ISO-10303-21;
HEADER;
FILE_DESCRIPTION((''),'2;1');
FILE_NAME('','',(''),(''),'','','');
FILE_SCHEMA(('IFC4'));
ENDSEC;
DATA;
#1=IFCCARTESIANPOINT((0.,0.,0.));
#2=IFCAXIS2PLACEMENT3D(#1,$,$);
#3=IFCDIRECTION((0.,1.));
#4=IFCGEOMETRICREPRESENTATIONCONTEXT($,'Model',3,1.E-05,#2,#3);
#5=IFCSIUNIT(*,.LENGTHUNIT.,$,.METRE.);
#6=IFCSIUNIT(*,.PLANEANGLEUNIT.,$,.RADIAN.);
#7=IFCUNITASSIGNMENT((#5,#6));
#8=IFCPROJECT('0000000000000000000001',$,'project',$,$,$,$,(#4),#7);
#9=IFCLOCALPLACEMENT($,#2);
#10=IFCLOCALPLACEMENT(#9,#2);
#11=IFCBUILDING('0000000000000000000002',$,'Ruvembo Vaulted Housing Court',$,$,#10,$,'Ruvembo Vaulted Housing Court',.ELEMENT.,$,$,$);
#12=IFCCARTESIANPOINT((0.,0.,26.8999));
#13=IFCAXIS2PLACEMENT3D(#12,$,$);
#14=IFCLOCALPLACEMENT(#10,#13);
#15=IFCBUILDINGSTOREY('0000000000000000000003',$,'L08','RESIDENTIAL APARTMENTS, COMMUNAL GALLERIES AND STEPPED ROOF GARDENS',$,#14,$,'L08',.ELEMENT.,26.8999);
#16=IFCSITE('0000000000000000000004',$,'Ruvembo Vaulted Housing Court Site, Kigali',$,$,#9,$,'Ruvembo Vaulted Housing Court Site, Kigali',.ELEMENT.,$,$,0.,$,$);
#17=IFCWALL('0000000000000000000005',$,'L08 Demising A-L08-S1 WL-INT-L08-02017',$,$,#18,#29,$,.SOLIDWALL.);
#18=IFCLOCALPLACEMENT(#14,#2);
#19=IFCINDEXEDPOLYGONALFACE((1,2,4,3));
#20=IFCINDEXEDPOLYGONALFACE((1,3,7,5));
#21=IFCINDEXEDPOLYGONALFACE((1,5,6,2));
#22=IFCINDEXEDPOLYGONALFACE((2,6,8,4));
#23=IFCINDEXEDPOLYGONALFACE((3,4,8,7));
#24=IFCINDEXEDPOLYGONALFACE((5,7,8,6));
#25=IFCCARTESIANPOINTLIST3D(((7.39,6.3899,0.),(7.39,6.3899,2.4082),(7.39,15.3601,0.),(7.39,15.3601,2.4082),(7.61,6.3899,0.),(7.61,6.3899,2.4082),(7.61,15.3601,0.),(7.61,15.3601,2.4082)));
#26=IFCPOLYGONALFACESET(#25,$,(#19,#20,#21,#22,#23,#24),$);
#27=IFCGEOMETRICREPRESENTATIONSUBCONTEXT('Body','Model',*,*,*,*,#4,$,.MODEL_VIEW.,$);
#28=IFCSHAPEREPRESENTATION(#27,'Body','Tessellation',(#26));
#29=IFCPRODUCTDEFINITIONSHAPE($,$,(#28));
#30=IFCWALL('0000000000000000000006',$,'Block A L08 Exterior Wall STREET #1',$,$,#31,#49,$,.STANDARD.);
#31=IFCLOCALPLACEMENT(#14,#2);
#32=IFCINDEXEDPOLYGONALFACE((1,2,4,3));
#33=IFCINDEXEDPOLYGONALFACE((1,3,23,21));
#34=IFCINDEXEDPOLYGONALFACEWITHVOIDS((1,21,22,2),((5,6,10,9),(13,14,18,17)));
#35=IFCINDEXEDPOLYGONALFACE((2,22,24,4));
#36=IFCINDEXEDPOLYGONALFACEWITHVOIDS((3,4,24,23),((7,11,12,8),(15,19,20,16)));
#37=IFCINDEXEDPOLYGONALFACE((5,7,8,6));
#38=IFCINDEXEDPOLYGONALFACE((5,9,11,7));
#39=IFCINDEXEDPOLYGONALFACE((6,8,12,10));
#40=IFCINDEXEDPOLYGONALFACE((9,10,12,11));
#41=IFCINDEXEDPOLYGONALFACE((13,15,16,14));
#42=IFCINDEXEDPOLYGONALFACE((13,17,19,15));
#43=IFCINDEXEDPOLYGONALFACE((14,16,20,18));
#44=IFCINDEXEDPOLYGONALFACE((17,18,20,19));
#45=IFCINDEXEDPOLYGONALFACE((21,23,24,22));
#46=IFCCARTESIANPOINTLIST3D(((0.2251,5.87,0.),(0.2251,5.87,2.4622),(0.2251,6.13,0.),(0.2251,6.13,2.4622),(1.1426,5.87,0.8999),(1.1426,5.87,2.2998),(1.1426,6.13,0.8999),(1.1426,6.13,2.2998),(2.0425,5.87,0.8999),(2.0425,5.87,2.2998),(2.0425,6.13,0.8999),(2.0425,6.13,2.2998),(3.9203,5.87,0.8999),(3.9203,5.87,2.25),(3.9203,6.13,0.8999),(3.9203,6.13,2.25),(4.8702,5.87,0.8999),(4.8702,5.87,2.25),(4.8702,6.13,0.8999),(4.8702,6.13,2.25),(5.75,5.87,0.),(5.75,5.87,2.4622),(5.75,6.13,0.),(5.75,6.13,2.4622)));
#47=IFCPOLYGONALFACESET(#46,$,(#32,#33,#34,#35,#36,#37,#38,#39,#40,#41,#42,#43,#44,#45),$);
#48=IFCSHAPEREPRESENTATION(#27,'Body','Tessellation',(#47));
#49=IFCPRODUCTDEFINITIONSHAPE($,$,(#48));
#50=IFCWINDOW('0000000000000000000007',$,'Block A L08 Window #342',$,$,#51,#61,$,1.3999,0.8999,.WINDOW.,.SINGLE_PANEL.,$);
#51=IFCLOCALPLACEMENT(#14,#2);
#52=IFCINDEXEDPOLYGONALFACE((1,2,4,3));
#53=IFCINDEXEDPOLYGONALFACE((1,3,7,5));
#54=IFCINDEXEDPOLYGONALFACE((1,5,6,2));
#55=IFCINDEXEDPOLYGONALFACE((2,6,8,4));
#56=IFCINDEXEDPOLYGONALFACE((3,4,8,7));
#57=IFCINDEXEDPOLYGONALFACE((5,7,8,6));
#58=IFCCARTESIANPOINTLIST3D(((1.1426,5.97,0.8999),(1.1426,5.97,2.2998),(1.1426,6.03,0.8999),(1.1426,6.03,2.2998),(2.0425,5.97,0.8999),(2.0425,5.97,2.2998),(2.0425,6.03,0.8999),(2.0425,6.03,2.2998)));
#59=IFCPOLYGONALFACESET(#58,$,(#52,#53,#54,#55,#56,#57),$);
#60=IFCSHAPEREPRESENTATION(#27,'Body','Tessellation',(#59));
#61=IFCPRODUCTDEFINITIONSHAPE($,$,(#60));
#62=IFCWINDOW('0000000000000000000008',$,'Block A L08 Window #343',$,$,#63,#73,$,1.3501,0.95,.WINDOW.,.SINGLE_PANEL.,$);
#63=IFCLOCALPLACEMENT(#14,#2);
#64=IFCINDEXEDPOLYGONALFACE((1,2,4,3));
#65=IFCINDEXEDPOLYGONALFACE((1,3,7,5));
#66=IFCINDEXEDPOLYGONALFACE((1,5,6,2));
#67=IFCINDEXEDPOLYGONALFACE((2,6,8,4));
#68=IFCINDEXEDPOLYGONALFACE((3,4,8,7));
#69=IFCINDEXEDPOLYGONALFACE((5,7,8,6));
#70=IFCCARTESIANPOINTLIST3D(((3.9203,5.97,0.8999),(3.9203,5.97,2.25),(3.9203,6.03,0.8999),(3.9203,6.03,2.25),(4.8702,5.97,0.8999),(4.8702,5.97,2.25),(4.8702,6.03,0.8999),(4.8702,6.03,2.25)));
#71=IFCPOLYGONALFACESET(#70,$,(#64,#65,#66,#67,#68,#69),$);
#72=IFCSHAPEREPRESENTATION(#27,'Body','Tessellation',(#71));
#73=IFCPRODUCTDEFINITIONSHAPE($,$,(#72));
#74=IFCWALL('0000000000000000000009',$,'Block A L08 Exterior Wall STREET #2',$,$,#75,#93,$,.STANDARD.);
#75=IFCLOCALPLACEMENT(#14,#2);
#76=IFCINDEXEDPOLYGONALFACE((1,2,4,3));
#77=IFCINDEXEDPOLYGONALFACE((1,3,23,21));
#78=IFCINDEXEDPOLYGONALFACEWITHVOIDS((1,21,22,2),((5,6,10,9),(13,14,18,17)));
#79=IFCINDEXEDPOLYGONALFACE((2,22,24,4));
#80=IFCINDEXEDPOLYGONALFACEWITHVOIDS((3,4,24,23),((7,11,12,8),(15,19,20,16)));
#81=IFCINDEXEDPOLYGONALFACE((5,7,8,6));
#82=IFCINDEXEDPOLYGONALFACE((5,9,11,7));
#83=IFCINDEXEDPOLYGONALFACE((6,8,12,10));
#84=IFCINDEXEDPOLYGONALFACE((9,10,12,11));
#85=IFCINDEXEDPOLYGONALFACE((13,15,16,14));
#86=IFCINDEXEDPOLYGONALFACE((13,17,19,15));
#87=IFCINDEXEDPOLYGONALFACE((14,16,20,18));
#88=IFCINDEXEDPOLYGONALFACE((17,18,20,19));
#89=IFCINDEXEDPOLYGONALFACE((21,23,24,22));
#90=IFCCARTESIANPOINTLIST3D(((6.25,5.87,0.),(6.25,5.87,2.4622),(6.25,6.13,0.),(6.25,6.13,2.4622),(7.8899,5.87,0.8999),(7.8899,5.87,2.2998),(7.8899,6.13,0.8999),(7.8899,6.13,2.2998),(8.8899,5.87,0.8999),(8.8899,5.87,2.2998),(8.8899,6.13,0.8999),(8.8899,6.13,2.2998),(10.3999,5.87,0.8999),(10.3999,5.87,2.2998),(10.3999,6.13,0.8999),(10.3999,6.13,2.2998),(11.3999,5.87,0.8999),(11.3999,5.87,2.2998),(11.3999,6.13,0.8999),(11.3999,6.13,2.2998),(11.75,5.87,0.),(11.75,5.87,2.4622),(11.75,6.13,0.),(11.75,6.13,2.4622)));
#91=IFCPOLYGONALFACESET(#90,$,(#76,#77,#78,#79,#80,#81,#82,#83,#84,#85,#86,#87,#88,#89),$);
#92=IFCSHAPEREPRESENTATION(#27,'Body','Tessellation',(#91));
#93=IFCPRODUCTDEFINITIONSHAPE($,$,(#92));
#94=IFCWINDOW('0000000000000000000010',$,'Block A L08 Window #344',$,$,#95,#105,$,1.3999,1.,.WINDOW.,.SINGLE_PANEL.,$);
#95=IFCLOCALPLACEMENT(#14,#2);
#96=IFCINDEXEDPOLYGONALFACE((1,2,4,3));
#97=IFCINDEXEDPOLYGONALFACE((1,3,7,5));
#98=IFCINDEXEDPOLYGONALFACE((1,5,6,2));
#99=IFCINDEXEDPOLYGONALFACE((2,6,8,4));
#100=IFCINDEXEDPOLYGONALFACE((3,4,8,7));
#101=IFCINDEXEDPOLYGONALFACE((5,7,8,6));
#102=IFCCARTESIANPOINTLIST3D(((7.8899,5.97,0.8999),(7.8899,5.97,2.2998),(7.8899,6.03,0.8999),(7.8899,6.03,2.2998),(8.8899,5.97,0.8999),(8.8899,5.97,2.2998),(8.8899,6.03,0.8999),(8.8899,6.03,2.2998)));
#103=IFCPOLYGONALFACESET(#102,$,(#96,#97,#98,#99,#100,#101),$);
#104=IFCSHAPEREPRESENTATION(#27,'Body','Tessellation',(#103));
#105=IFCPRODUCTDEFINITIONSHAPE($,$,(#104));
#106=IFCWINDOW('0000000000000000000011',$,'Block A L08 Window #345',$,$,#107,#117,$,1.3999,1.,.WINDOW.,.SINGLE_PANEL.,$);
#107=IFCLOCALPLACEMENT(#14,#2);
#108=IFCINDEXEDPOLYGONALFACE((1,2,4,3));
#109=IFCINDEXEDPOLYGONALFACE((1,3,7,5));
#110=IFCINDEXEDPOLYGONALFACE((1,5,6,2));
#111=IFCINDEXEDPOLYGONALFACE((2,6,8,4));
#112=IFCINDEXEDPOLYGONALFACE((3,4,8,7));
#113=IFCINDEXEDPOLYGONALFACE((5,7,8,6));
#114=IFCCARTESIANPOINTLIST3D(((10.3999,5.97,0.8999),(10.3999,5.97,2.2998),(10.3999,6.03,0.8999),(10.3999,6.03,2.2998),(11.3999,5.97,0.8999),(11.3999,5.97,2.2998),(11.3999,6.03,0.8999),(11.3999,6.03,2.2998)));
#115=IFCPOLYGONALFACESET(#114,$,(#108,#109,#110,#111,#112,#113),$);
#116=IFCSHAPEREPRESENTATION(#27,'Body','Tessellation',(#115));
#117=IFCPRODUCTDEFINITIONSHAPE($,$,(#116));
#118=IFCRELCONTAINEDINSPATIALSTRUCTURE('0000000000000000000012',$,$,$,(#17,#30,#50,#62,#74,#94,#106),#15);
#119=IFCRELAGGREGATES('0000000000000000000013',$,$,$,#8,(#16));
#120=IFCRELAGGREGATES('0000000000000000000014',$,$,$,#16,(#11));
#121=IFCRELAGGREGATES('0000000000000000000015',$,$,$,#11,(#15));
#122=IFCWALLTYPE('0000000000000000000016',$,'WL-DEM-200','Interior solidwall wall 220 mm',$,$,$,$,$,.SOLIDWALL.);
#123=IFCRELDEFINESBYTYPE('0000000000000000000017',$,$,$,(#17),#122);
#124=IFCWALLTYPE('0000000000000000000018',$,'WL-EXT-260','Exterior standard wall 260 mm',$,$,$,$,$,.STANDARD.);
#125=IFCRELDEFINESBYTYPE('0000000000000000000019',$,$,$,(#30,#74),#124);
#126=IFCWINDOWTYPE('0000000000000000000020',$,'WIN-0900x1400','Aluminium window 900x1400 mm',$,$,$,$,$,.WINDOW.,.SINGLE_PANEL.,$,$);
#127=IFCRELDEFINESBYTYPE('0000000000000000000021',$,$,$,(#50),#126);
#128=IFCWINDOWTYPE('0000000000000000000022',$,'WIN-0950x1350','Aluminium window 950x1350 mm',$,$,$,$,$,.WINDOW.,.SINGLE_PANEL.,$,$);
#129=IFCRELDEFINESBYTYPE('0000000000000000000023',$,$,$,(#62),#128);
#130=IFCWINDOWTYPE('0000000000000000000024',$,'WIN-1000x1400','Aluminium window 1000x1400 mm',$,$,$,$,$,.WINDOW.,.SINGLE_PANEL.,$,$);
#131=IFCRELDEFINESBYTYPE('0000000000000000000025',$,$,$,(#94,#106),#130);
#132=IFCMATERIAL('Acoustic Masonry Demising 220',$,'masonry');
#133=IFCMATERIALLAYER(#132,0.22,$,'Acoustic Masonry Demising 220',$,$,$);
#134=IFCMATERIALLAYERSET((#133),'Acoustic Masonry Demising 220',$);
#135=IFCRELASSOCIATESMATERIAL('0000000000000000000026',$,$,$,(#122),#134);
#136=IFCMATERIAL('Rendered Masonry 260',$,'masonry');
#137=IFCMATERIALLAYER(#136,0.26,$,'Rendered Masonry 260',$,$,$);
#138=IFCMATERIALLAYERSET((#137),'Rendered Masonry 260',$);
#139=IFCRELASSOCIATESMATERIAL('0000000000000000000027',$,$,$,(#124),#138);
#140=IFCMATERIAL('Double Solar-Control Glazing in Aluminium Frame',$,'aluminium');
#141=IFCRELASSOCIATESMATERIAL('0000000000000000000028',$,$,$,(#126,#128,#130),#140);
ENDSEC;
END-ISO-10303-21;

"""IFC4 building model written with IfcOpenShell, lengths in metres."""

from ifc_helpers import new_model, si_unit, direction, frame, frame_2d, origin, place, context, subcontext, project, spatial, rectangle, extrude, material, layer, layer_set, type_object, element, fill, save


model = new_model("IFC4")

# Units and contexts
model_context = context("Model", 3, precision=1e-05, world=origin(), true_north=direction((0.0, 1.0)))
body_context = subcontext(model_context, "Body", "Model", "MODEL_VIEW")
ifc_project = project(units=[si_unit("LENGTHUNIT", "METRE"), si_unit("PLANEANGLEUNIT", "RADIAN")], contexts=[model_context])

# Site, building, storey
site_placement = place(None, origin())
site = spatial("IfcSite", under=ifc_project, at=site_placement, Name="Ruvembo Vaulted Housing Court Site, Kigali", LongName="Ruvembo Vaulted Housing Court Site, Kigali", CompositionType="ELEMENT", RefElevation=0.0)
building_placement = place(site_placement, origin())
building = spatial("IfcBuilding", under=site, at=building_placement, Name="Ruvembo Vaulted Housing Court", LongName="Ruvembo Vaulted Housing Court", CompositionType="ELEMENT")
storey_placement = place(building_placement, frame((0.0, 0.0, 26.8999)))
storey = spatial("IfcBuildingStorey", under=building, at=storey_placement, Name="L08", Description="RESIDENTIAL APARTMENTS, COMMUNAL GALLERIES AND STEPPED ROOF GARDENS", LongName="L08", CompositionType="ELEMENT", Elevation=26.8999)

# Wall
ifc_material_1 = material(Name="Acoustic Masonry Demising 220", Category="masonry")
ifc_layer_1 = layer(ifc_material_1, 0.22, Name="Acoustic Masonry Demising 220")
ifc_layer_set_1 = layer_set([ifc_layer_1], Name="Acoustic Masonry Demising 220")
wall_type_1 = type_object("IfcWallType", Name="WL-DEM-200", Description="Interior solidwall wall 220 mm", PredefinedType="SOLIDWALL", material=ifc_layer_set_1)
wall_1_placement = place(storey_placement, frame((7.5, 6.3899, 0.0), z_axis=(0.0, 0.0, 1.0), x_axis=(0.0, 1.0, 0.0)))
element("IfcWall", 1, at=wall_1_placement, inside=storey, type_object=wall_type_1, Name="L08 Demising A-L08-S1 WL-INT-L08-02017", PredefinedType="SOLIDWALL", context=body_context, shape_type="SweptSolid", body=[
    extrude(rectangle(XDim=8.9702, YDim=0.22, at=frame_2d((4.4851, 0.0))), origin(), (0.0, 0.0, 1.0), 2.4082),
])

# Walls, openings, windows
ifc_material_2 = material(Name="Rendered Masonry 260", Category="masonry")
ifc_layer_2 = layer(ifc_material_2, 0.26, Name="Rendered Masonry 260")
ifc_layer_set_2 = layer_set([ifc_layer_2], Name="Rendered Masonry 260")
wall_type_2 = type_object("IfcWallType", Name="WL-EXT-260", Description="Exterior standard wall 260 mm", PredefinedType="STANDARD", material=ifc_layer_set_2)
wall_2_placement = place(storey_placement, frame((0.2251, 6.0, 0.0), z_axis=(0.0, 0.0, 1.0), x_axis=(1.0, 0.0, 0.0)))
wall_2 = element("IfcWall", 2, at=wall_2_placement, inside=storey, type_object=wall_type_2, Name="Block A L08 Exterior Wall STREET #1", PredefinedType="STANDARD", context=body_context, shape_type="SweptSolid", body=[
    extrude(rectangle(XDim=5.5249, YDim=0.26, at=frame_2d((2.7625, 0.0))), origin(), (0.0, 0.0, 1.0), 2.4622),
])
opening_1_placement = place(wall_2_placement, frame((0.9175, 0.0, 0.8999)))
opening_1 = element("IfcOpeningElement", 3, at=opening_1_placement, cuts=wall_2, PredefinedType="OPENING", context=body_context, shape_type="SweptSolid", body=[
    extrude(rectangle(XDim=0.8999, YDim=1.3999, at=frame_2d((0.45, 0.7))), frame((0.0, 0.1399, 0.0), z_axis=(0.0, -1.0, 0.0), x_axis=(1.0, 0.0, 0.0)), (0.0, 0.0, 1.0), 0.28),
])
opening_2_placement = place(wall_2_placement, frame((3.6951, 0.0, 0.8999)))
opening_2 = element("IfcOpeningElement", 4, at=opening_2_placement, cuts=wall_2, PredefinedType="OPENING", context=body_context, shape_type="SweptSolid", body=[
    extrude(rectangle(XDim=0.95, YDim=1.3501, at=frame_2d((0.4751, 0.675))), frame((0.0, 0.1399, 0.0), z_axis=(0.0, -1.0, 0.0), x_axis=(1.0, 0.0, 0.0)), (0.0, 0.0, 1.0), 0.28),
])
ifc_material_3 = material(Name="Double Solar-Control Glazing in Aluminium Frame", Category="aluminium")
window_type_1 = type_object("IfcWindowType", Name="WIN-0900x1400", Description="Aluminium window 900x1400 mm", PartitioningType="SINGLE_PANEL", PredefinedType="WINDOW", material=ifc_material_3)
window_1_placement = place(opening_1_placement, origin())
window_1 = element("IfcWindow", 5, at=window_1_placement, inside=storey, type_object=window_type_1, Name="Block A L08 Window #342", OverallHeight=1.3999, OverallWidth=0.8999, PartitioningType="SINGLE_PANEL", PredefinedType="WINDOW", context=body_context, shape_type="SweptSolid", body=[
    extrude(rectangle(XDim=0.8999, YDim=1.3999, at=frame_2d((0.45, 0.7))), frame((0.0, 0.03, 0.0), z_axis=(0.0, -1.0, 0.0), x_axis=(1.0, 0.0, 0.0)), (0.0, 0.0, 1.0), 0.0601),
])
fill(opening_1, window_1)
window_type_2 = type_object("IfcWindowType", Name="WIN-0950x1350", Description="Aluminium window 950x1350 mm", PartitioningType="SINGLE_PANEL", PredefinedType="WINDOW", material=ifc_material_3)
window_2_placement = place(opening_2_placement, origin())
window_2 = element("IfcWindow", 6, at=window_2_placement, inside=storey, type_object=window_type_2, Name="Block A L08 Window #343", OverallHeight=1.3501, OverallWidth=0.95, PartitioningType="SINGLE_PANEL", PredefinedType="WINDOW", context=body_context, shape_type="SweptSolid", body=[
    extrude(rectangle(XDim=0.95, YDim=1.3501, at=frame_2d((0.4751, 0.675))), frame((0.0, 0.03, 0.0), z_axis=(0.0, -1.0, 0.0), x_axis=(1.0, 0.0, 0.0)), (0.0, 0.0, 1.0), 0.0601),
])
fill(opening_2, window_2)
wall_3_placement = place(storey_placement, frame((6.25, 6.0, 0.0), z_axis=(0.0, 0.0, 1.0), x_axis=(1.0, 0.0, 0.0)))
wall_3 = element("IfcWall", 7, at=wall_3_placement, inside=storey, type_object=wall_type_2, Name="Block A L08 Exterior Wall STREET #2", PredefinedType="STANDARD", context=body_context, shape_type="SweptSolid", body=[
    extrude(rectangle(XDim=5.5, YDim=0.26, at=frame_2d((2.75, 0.0))), origin(), (0.0, 0.0, 1.0), 2.4622),
])
opening_3_placement = place(wall_3_placement, frame((1.6399, 0.0, 0.8999)))
opening_3 = element("IfcOpeningElement", 8, at=opening_3_placement, cuts=wall_3, PredefinedType="OPENING", context=body_context, shape_type="SweptSolid", body=[
    extrude(rectangle(XDim=1.0, YDim=1.3999, at=frame_2d((0.5, 0.7))), frame((0.0, 0.1399, 0.0), z_axis=(0.0, -1.0, 0.0), x_axis=(1.0, 0.0, 0.0)), (0.0, 0.0, 1.0), 0.28),
])
opening_4_placement = place(wall_3_placement, frame((4.1499, 0.0, 0.8999)))
opening_4 = element("IfcOpeningElement", 9, at=opening_4_placement, cuts=wall_3, PredefinedType="OPENING", context=body_context, shape_type="SweptSolid", body=[
    extrude(rectangle(XDim=1.0, YDim=1.3999, at=frame_2d((0.5, 0.7))), frame((0.0, 0.1399, 0.0), z_axis=(0.0, -1.0, 0.0), x_axis=(1.0, 0.0, 0.0)), (0.0, 0.0, 1.0), 0.28),
])
window_type_3 = type_object("IfcWindowType", Name="WIN-1000x1400", Description="Aluminium window 1000x1400 mm", PartitioningType="SINGLE_PANEL", PredefinedType="WINDOW", material=ifc_material_3)
window_3_placement = place(opening_3_placement, origin())
window_3 = element("IfcWindow", 10, at=window_3_placement, inside=storey, type_object=window_type_3, Name="Block A L08 Window #344", OverallHeight=1.3999, OverallWidth=1.0, PartitioningType="SINGLE_PANEL", PredefinedType="WINDOW", context=body_context, shape_type="SweptSolid", body=[
    extrude(rectangle(XDim=1.0, YDim=1.3999, at=frame_2d((0.5, 0.7))), frame((0.0, 0.03, 0.0), z_axis=(0.0, -1.0, 0.0), x_axis=(1.0, 0.0, 0.0)), (0.0, 0.0, 1.0), 0.0601),
])
fill(opening_3, window_3)
window_4_placement = place(opening_4_placement, origin())
window_4 = element("IfcWindow", 11, at=window_4_placement, inside=storey, type_object=window_type_3, Name="Block A L08 Window #345", OverallHeight=1.3999, OverallWidth=1.0, PartitioningType="SINGLE_PANEL", PredefinedType="WINDOW", context=body_context, shape_type="SweptSolid", body=[
    extrude(rectangle(XDim=1.0, YDim=1.3999, at=frame_2d((0.5, 0.7))), frame((0.0, 0.03, 0.0), z_axis=(0.0, -1.0, 0.0), x_axis=(1.0, 0.0, 0.0)), (0.0, 0.0, 1.0), 0.0601),
])
fill(opening_4, window_4)

save(model, "model.ifc")
